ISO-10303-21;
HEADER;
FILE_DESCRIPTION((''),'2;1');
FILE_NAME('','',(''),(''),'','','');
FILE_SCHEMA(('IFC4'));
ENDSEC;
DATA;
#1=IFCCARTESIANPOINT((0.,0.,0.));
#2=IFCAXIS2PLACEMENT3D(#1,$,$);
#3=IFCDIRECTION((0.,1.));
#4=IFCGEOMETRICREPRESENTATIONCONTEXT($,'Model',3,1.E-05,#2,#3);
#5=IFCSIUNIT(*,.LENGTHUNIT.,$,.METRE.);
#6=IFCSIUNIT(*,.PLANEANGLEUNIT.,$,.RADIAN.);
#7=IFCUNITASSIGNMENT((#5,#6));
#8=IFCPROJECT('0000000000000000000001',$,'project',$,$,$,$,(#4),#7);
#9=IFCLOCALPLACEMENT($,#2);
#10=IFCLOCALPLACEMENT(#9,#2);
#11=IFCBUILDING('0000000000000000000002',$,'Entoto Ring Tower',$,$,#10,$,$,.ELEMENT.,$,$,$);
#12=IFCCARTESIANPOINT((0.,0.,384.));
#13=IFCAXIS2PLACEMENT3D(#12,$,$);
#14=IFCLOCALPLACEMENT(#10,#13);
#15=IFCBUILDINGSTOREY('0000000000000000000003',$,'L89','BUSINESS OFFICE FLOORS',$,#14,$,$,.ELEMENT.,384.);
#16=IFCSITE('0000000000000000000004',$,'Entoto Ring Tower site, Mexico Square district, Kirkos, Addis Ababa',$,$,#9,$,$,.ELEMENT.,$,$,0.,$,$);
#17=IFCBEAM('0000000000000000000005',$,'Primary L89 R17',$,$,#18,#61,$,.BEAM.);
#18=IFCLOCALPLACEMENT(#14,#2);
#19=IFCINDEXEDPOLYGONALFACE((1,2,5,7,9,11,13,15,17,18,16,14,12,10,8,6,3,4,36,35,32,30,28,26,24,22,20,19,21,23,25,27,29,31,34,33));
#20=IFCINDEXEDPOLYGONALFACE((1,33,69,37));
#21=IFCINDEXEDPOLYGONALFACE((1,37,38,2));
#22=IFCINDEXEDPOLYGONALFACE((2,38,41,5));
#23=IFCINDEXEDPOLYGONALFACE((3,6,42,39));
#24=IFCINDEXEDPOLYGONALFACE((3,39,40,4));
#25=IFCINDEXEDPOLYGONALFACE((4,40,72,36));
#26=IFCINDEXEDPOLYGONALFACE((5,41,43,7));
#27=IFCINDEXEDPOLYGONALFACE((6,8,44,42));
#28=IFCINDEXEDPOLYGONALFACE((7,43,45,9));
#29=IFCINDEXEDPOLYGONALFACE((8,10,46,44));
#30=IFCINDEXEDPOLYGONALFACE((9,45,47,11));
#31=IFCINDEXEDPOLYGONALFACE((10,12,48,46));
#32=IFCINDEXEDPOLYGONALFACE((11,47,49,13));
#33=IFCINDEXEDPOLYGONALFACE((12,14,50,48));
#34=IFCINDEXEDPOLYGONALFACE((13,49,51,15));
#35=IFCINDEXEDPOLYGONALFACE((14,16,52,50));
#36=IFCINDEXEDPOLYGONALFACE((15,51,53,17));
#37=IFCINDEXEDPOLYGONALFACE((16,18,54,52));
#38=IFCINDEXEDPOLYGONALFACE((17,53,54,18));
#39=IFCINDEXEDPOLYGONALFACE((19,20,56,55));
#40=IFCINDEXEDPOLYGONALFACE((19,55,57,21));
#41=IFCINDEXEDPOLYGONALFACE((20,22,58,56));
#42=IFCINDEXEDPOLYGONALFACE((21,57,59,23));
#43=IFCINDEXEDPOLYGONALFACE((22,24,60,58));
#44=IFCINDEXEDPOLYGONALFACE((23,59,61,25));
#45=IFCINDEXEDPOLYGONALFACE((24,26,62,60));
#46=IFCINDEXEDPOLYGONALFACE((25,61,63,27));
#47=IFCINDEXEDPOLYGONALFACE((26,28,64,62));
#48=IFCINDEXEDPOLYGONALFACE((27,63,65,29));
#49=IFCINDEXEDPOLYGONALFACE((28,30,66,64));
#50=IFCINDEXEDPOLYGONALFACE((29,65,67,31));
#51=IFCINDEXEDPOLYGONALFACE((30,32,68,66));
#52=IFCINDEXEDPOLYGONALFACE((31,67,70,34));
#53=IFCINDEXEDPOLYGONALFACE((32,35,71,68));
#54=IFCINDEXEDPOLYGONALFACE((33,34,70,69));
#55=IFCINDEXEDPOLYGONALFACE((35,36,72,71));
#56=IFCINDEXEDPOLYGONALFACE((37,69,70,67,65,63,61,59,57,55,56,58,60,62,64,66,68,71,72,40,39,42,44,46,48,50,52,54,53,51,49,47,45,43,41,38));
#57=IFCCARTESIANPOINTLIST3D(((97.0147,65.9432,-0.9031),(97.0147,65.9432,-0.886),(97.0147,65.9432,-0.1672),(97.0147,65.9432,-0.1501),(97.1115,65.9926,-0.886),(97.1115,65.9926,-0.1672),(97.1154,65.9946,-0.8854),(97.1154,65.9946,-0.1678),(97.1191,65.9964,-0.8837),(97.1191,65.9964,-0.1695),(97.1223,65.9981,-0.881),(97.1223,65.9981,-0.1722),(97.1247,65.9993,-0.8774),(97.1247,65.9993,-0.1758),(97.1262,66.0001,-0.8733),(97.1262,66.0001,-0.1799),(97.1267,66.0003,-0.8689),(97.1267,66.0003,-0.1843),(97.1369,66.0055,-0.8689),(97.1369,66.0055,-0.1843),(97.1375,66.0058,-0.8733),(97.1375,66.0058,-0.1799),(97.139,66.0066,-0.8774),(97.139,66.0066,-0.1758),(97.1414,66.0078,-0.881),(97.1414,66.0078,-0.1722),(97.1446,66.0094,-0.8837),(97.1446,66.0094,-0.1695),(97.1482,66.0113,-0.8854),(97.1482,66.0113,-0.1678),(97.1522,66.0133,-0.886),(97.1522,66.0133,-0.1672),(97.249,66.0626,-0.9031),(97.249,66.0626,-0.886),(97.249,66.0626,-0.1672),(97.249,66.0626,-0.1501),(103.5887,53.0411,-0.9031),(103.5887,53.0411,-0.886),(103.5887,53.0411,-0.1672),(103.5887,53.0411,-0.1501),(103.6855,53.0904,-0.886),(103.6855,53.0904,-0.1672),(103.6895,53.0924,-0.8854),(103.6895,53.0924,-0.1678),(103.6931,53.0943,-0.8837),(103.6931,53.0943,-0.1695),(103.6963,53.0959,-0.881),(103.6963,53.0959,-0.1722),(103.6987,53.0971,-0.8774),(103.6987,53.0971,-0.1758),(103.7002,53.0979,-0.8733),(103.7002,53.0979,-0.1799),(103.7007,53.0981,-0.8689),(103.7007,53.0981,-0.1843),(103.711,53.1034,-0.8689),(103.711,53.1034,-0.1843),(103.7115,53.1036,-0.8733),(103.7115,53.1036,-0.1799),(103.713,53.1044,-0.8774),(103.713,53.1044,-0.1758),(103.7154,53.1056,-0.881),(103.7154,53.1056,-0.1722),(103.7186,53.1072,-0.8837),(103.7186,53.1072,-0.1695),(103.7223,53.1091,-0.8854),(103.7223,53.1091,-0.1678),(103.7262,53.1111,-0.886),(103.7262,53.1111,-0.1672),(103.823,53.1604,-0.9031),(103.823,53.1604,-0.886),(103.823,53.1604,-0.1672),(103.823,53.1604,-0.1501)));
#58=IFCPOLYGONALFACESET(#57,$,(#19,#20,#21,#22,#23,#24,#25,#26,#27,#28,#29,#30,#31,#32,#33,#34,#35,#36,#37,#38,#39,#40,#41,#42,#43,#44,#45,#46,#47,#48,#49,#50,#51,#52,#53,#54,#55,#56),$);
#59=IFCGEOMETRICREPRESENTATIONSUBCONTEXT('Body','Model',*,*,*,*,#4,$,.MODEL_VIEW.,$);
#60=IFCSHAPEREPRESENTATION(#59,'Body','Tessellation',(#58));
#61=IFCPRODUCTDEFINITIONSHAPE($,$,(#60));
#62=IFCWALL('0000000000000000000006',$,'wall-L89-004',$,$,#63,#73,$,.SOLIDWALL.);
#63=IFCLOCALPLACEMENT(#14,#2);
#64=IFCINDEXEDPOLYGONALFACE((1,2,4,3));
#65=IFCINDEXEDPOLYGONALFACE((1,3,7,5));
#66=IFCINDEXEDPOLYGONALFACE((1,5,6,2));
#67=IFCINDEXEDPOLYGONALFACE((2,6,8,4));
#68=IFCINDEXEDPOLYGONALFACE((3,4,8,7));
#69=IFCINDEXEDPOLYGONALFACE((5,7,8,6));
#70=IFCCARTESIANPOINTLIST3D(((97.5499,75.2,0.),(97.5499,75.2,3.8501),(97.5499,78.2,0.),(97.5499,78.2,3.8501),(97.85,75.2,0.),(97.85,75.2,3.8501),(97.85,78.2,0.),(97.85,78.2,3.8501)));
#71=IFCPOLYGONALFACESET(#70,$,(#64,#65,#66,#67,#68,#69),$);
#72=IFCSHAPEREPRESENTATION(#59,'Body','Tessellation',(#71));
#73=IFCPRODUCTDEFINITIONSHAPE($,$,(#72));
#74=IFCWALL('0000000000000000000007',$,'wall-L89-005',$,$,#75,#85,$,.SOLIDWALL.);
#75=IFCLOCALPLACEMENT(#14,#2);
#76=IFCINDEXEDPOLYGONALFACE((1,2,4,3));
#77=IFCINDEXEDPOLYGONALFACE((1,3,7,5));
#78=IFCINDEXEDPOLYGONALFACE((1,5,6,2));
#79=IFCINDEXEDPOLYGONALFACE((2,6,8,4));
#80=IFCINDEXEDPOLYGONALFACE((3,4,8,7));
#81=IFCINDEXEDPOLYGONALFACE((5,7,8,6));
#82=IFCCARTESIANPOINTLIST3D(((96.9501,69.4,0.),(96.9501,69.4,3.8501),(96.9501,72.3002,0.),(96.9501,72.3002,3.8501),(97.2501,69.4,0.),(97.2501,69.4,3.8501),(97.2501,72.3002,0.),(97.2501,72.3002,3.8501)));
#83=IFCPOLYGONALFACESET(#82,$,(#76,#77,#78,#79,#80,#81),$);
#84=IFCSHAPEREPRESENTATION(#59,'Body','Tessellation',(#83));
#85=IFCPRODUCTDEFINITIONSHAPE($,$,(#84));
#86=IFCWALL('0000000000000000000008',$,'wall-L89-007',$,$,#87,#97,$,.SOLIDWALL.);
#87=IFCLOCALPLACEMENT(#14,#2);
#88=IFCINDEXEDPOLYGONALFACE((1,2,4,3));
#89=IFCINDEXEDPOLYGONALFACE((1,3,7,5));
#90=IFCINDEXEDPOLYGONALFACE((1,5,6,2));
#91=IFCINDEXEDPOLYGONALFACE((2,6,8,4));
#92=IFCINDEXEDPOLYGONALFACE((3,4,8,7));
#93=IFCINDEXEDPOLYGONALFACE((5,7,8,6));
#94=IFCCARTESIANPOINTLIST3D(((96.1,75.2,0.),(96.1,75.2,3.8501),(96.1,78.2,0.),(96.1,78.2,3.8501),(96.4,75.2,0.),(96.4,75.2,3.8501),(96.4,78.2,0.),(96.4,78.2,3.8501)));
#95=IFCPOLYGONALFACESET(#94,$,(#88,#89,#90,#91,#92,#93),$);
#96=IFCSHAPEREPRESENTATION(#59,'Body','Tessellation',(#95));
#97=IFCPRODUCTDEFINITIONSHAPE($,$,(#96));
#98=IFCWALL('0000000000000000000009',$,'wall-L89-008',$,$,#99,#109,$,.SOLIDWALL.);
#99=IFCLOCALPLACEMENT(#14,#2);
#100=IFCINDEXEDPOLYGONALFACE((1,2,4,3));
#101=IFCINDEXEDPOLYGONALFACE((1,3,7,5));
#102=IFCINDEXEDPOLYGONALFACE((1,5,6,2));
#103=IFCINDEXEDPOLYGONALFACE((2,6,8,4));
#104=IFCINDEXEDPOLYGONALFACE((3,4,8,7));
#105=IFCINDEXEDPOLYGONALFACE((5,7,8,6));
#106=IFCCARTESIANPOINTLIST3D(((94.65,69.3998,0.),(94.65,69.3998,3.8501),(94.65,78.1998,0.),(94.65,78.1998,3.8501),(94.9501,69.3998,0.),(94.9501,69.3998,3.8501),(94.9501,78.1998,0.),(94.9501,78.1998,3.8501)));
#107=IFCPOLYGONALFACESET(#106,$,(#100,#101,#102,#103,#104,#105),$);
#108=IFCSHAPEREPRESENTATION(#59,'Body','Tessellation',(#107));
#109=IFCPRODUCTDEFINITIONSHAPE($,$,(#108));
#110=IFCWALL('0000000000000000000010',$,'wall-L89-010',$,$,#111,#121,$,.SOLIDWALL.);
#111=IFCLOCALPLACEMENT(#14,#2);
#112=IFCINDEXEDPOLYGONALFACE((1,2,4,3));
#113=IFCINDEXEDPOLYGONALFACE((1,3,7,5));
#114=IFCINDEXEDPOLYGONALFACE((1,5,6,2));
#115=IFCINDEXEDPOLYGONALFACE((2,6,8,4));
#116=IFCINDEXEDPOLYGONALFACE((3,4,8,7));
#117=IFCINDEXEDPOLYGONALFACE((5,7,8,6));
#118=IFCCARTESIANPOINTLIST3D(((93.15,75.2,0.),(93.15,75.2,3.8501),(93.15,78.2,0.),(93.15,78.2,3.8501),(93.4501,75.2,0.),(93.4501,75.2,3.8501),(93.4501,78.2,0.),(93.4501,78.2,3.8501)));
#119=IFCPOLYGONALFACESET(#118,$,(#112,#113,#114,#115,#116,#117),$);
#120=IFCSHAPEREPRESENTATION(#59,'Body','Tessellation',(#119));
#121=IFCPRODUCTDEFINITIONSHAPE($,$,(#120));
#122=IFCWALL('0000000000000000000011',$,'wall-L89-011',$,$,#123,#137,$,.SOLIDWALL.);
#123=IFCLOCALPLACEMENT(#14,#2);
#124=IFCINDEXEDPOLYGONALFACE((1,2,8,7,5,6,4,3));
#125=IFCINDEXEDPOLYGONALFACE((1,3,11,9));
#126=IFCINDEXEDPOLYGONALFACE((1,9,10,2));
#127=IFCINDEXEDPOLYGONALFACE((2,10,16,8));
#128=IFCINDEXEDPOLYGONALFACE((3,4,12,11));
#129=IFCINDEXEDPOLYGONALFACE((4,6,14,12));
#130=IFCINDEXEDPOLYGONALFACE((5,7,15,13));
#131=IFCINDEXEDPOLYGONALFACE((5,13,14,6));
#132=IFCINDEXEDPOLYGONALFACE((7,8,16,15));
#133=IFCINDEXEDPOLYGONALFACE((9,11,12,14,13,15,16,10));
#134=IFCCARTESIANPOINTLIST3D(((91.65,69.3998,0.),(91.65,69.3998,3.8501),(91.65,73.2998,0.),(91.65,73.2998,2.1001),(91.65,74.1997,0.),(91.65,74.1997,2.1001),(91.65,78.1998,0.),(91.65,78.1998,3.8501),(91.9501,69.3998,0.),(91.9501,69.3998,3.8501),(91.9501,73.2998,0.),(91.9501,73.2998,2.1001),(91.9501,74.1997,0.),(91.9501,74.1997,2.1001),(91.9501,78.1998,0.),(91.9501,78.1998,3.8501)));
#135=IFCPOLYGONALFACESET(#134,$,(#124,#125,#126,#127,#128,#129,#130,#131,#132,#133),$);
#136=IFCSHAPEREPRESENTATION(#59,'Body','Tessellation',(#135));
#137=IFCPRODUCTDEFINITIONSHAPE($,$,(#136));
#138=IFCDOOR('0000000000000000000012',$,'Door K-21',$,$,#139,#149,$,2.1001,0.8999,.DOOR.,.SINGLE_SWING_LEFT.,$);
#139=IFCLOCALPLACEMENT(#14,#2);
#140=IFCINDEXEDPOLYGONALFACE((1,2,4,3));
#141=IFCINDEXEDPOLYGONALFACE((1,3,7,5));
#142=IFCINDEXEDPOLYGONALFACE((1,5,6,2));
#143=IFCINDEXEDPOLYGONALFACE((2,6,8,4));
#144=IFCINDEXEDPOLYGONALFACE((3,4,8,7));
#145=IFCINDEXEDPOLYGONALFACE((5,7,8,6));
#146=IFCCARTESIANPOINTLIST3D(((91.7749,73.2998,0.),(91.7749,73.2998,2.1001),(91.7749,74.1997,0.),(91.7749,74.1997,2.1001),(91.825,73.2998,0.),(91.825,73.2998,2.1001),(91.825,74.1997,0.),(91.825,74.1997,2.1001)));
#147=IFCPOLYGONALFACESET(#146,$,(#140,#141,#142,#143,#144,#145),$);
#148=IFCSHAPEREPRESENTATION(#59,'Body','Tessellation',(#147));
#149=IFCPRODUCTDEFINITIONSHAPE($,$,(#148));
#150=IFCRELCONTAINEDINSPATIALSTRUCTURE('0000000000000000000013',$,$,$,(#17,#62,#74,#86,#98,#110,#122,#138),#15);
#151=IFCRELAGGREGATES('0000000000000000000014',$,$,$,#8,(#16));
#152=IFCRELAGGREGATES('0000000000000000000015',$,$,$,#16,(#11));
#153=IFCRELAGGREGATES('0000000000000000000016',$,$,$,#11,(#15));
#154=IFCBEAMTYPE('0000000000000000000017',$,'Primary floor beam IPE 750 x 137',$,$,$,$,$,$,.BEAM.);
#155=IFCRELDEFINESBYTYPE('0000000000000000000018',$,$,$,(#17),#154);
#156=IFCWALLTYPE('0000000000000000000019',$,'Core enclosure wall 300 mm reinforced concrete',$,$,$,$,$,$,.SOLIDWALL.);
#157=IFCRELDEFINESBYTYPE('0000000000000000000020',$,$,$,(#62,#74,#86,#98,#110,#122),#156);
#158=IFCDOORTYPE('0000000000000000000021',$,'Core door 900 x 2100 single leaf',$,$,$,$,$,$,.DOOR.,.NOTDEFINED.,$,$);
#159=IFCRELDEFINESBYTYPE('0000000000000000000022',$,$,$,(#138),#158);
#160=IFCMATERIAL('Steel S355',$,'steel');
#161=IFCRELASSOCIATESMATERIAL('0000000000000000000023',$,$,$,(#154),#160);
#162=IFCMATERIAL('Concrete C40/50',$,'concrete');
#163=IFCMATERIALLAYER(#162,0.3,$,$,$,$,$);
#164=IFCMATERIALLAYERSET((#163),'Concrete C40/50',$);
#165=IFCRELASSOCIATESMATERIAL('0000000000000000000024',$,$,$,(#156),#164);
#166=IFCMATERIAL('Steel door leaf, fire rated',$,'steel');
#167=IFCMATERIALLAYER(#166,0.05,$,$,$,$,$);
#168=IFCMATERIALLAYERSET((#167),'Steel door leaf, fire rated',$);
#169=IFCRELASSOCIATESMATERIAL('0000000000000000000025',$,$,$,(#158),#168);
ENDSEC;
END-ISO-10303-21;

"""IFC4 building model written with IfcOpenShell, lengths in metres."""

from ifc_helpers import new_model, si_unit, direction, frame, frame_2d, origin, origin_2d, place, context, subcontext, project, spatial, rectangle, i_section, extrude, material, layer, layer_set, material_profile, profile_set, type_object, element, fill, save


model = new_model("IFC4")

# Units and contexts
model_context = context("Model", 3, precision=1e-05, world=origin(), true_north=direction((0.0, 1.0)))
body_context = subcontext(model_context, "Body", "Model", "MODEL_VIEW")
ifc_project = project(units=[si_unit("LENGTHUNIT", "METRE"), si_unit("PLANEANGLEUNIT", "RADIAN")], contexts=[model_context])

# Site, building, storey
site_placement = place(None, origin())
site = spatial("IfcSite", under=ifc_project, at=site_placement, Name="Entoto Ring Tower site, Mexico Square district, Kirkos, Addis Ababa", CompositionType="ELEMENT", RefElevation=0.0)
building_placement = place(site_placement, origin())
building = spatial("IfcBuilding", under=site, at=building_placement, Name="Entoto Ring Tower", CompositionType="ELEMENT")
storey_placement = place(building_placement, frame((0.0, 0.0, 384.0)))
storey = spatial("IfcBuildingStorey", under=building, at=storey_placement, Name="L89", Description="BUSINESS OFFICE FLOORS", CompositionType="ELEMENT", Elevation=384.0)

# Beam
ifc_material_1 = material(Name="Steel S355", Category="steel")
ifc_material_profile = material_profile(ifc_material_1, i_section(OverallWidth=0.2629, OverallDepth=0.7529, WebThickness=0.0115, FlangeThickness=0.0171, FilletRadius=0.0171, at=origin_2d()), Name="IPE 750 x 137")
ifc_profile_set = profile_set([ifc_material_profile], Name="Steel S355")
beam_type = type_object("IfcBeamType", Name="Primary floor beam IPE 750 x 137", PredefinedType="BEAM", material=ifc_profile_set)
beam_placement = place(storey_placement, frame((97.1318, 66.0029, -0.5266), z_axis=(0.453992, -0.891006, 0.0), x_axis=(0.891006, 0.453992, 0.0)))
element("IfcBeam", 1, at=beam_placement, inside=storey, type_object=beam_type, Name="Primary L89 R17", PredefinedType="BEAM", context=body_context, shape_type="SweptSolid", body=[
    extrude(i_section(OverallWidth=0.2629, OverallDepth=0.7529, WebThickness=0.0115, FlangeThickness=0.0171, FilletRadius=0.0171, at=origin_2d()), origin(), (0.0, 0.0, 1.0), 14.4805),
])

# Walls
ifc_material_2 = material(Name="Concrete C40/50", Category="concrete")
ifc_layer_1 = layer(ifc_material_2, 0.3)
ifc_layer_set_1 = layer_set([ifc_layer_1], Name="Concrete C40/50")
wall_type_1 = type_object("IfcWallType", Name="Core enclosure wall 300 mm reinforced concrete", PredefinedType="SOLIDWALL", material=ifc_layer_set_1)
wall_1_placement = place(storey_placement, frame((97.7, 75.2, 0.0), z_axis=(0.0, 0.0, 1.0), x_axis=(0.0, 1.0, 0.0)))
element("IfcWall", 2, at=wall_1_placement, inside=storey, type_object=wall_type_1, Name="wall-L89-004", PredefinedType="SOLIDWALL", context=body_context, shape_type="SweptSolid", body=[
    extrude(rectangle(XDim=3.0, YDim=0.3, at=frame_2d((1.5, 0.0))), origin(), (0.0, 0.0, 1.0), 3.8501),
])
wall_2_placement = place(storey_placement, frame((97.1001, 69.3999, 0.0), z_axis=(0.0, 0.0, 1.0), x_axis=(0.0, 1.0, 0.0)))
element("IfcWall", 3, at=wall_2_placement, inside=storey, type_object=wall_type_1, Name="wall-L89-005", PredefinedType="SOLIDWALL", context=body_context, shape_type="SweptSolid", body=[
    extrude(rectangle(XDim=2.9001, YDim=0.3, at=frame_2d((1.4502, 0.0))), origin(), (0.0, 0.0, 1.0), 3.8501),
])
wall_3_placement = place(storey_placement, frame((96.25, 75.2, 0.0), z_axis=(0.0, 0.0, 1.0), x_axis=(0.0, 1.0, 0.0)))
element("IfcWall", 4, at=wall_3_placement, inside=storey, type_object=wall_type_1, Name="wall-L89-007", PredefinedType="SOLIDWALL", context=body_context, shape_type="SweptSolid", body=[
    extrude(rectangle(XDim=3.0, YDim=0.3, at=frame_2d((1.5, 0.0))), origin(), (0.0, 0.0, 1.0), 3.8501),
])
wall_4_placement = place(storey_placement, frame((94.8, 69.3999, 0.0), z_axis=(0.0, 0.0, 1.0), x_axis=(0.0, 1.0, 0.0)))
element("IfcWall", 5, at=wall_4_placement, inside=storey, type_object=wall_type_1, Name="wall-L89-008", PredefinedType="SOLIDWALL", context=body_context, shape_type="SweptSolid", body=[
    extrude(rectangle(XDim=8.8, YDim=0.3, at=frame_2d((4.3999, 0.0))), origin(), (0.0, 0.0, 1.0), 3.8501),
])
wall_5_placement = place(storey_placement, frame((93.3, 75.2, 0.0), z_axis=(0.0, 0.0, 1.0), x_axis=(0.0, 1.0, 0.0)))
element("IfcWall", 6, at=wall_5_placement, inside=storey, type_object=wall_type_1, Name="wall-L89-010", PredefinedType="SOLIDWALL", context=body_context, shape_type="SweptSolid", body=[
    extrude(rectangle(XDim=3.0, YDim=0.3, at=frame_2d((1.5, 0.0))), origin(), (0.0, 0.0, 1.0), 3.8501),
])

# Wall, opening, door
wall_6_placement = place(storey_placement, frame((91.8, 69.3999, 0.0), z_axis=(0.0, 0.0, 1.0), x_axis=(0.0, 1.0, 0.0)))
wall_6 = element("IfcWall", 7, at=wall_6_placement, inside=storey, type_object=wall_type_1, Name="wall-L89-011", PredefinedType="SOLIDWALL", context=body_context, shape_type="SweptSolid", body=[
    extrude(rectangle(XDim=8.8, YDim=0.3, at=frame_2d((4.3999, 0.0))), origin(), (0.0, 0.0, 1.0), 3.8501),
])
opening_1_placement = place(wall_6_placement, frame((3.8999, 0.0, 0.0)))
opening_1 = element("IfcOpeningElement", 8, at=opening_1_placement, cuts=wall_6, PredefinedType="OPENING", context=body_context, shape_type="SweptSolid", body=[
    extrude(rectangle(XDim=0.8999, YDim=2.1001, at=frame_2d((0.45, 1.05))), frame((0.0, 0.1602, 0.0), z_axis=(0.0, -1.0, 0.0), x_axis=(1.0, 0.0, 0.0)), (0.0, 0.0, 1.0), 0.3201),
])
ifc_material_3 = material(Name="Steel door leaf, fire rated", Category="steel")
ifc_layer_2 = layer(ifc_material_3, 0.05)
ifc_layer_set_2 = layer_set([ifc_layer_2], Name="Steel door leaf, fire rated")
door_type_1 = type_object("IfcDoorType", Name="Core door 900 x 2100 single leaf", OperationType="NOTDEFINED", PredefinedType="DOOR", material=ifc_layer_set_2)
door_1_placement = place(opening_1_placement, frame((0.8999, 0.0, 0.0), z_axis=(0.0, 0.0, 1.0), x_axis=(-1.0, 0.0, 0.0)))
door_1 = element("IfcDoor", 9, at=door_1_placement, inside=storey, type_object=door_type_1, Name="Door K-21", OperationType="SINGLE_SWING_LEFT", OverallHeight=2.1001, OverallWidth=0.8999, PredefinedType="DOOR", context=body_context, shape_type="SweptSolid", body=[
    extrude(rectangle(XDim=0.8999, YDim=2.1001, at=frame_2d((0.45, 1.05))), frame((0.0, 0.0249, 0.0), z_axis=(0.0, -1.0, 0.0), x_axis=(1.0, 0.0, 0.0)), (0.0, 0.0, 1.0), 0.05),
])
fill(opening_1, door_1)

save(model, "model.ifc")
